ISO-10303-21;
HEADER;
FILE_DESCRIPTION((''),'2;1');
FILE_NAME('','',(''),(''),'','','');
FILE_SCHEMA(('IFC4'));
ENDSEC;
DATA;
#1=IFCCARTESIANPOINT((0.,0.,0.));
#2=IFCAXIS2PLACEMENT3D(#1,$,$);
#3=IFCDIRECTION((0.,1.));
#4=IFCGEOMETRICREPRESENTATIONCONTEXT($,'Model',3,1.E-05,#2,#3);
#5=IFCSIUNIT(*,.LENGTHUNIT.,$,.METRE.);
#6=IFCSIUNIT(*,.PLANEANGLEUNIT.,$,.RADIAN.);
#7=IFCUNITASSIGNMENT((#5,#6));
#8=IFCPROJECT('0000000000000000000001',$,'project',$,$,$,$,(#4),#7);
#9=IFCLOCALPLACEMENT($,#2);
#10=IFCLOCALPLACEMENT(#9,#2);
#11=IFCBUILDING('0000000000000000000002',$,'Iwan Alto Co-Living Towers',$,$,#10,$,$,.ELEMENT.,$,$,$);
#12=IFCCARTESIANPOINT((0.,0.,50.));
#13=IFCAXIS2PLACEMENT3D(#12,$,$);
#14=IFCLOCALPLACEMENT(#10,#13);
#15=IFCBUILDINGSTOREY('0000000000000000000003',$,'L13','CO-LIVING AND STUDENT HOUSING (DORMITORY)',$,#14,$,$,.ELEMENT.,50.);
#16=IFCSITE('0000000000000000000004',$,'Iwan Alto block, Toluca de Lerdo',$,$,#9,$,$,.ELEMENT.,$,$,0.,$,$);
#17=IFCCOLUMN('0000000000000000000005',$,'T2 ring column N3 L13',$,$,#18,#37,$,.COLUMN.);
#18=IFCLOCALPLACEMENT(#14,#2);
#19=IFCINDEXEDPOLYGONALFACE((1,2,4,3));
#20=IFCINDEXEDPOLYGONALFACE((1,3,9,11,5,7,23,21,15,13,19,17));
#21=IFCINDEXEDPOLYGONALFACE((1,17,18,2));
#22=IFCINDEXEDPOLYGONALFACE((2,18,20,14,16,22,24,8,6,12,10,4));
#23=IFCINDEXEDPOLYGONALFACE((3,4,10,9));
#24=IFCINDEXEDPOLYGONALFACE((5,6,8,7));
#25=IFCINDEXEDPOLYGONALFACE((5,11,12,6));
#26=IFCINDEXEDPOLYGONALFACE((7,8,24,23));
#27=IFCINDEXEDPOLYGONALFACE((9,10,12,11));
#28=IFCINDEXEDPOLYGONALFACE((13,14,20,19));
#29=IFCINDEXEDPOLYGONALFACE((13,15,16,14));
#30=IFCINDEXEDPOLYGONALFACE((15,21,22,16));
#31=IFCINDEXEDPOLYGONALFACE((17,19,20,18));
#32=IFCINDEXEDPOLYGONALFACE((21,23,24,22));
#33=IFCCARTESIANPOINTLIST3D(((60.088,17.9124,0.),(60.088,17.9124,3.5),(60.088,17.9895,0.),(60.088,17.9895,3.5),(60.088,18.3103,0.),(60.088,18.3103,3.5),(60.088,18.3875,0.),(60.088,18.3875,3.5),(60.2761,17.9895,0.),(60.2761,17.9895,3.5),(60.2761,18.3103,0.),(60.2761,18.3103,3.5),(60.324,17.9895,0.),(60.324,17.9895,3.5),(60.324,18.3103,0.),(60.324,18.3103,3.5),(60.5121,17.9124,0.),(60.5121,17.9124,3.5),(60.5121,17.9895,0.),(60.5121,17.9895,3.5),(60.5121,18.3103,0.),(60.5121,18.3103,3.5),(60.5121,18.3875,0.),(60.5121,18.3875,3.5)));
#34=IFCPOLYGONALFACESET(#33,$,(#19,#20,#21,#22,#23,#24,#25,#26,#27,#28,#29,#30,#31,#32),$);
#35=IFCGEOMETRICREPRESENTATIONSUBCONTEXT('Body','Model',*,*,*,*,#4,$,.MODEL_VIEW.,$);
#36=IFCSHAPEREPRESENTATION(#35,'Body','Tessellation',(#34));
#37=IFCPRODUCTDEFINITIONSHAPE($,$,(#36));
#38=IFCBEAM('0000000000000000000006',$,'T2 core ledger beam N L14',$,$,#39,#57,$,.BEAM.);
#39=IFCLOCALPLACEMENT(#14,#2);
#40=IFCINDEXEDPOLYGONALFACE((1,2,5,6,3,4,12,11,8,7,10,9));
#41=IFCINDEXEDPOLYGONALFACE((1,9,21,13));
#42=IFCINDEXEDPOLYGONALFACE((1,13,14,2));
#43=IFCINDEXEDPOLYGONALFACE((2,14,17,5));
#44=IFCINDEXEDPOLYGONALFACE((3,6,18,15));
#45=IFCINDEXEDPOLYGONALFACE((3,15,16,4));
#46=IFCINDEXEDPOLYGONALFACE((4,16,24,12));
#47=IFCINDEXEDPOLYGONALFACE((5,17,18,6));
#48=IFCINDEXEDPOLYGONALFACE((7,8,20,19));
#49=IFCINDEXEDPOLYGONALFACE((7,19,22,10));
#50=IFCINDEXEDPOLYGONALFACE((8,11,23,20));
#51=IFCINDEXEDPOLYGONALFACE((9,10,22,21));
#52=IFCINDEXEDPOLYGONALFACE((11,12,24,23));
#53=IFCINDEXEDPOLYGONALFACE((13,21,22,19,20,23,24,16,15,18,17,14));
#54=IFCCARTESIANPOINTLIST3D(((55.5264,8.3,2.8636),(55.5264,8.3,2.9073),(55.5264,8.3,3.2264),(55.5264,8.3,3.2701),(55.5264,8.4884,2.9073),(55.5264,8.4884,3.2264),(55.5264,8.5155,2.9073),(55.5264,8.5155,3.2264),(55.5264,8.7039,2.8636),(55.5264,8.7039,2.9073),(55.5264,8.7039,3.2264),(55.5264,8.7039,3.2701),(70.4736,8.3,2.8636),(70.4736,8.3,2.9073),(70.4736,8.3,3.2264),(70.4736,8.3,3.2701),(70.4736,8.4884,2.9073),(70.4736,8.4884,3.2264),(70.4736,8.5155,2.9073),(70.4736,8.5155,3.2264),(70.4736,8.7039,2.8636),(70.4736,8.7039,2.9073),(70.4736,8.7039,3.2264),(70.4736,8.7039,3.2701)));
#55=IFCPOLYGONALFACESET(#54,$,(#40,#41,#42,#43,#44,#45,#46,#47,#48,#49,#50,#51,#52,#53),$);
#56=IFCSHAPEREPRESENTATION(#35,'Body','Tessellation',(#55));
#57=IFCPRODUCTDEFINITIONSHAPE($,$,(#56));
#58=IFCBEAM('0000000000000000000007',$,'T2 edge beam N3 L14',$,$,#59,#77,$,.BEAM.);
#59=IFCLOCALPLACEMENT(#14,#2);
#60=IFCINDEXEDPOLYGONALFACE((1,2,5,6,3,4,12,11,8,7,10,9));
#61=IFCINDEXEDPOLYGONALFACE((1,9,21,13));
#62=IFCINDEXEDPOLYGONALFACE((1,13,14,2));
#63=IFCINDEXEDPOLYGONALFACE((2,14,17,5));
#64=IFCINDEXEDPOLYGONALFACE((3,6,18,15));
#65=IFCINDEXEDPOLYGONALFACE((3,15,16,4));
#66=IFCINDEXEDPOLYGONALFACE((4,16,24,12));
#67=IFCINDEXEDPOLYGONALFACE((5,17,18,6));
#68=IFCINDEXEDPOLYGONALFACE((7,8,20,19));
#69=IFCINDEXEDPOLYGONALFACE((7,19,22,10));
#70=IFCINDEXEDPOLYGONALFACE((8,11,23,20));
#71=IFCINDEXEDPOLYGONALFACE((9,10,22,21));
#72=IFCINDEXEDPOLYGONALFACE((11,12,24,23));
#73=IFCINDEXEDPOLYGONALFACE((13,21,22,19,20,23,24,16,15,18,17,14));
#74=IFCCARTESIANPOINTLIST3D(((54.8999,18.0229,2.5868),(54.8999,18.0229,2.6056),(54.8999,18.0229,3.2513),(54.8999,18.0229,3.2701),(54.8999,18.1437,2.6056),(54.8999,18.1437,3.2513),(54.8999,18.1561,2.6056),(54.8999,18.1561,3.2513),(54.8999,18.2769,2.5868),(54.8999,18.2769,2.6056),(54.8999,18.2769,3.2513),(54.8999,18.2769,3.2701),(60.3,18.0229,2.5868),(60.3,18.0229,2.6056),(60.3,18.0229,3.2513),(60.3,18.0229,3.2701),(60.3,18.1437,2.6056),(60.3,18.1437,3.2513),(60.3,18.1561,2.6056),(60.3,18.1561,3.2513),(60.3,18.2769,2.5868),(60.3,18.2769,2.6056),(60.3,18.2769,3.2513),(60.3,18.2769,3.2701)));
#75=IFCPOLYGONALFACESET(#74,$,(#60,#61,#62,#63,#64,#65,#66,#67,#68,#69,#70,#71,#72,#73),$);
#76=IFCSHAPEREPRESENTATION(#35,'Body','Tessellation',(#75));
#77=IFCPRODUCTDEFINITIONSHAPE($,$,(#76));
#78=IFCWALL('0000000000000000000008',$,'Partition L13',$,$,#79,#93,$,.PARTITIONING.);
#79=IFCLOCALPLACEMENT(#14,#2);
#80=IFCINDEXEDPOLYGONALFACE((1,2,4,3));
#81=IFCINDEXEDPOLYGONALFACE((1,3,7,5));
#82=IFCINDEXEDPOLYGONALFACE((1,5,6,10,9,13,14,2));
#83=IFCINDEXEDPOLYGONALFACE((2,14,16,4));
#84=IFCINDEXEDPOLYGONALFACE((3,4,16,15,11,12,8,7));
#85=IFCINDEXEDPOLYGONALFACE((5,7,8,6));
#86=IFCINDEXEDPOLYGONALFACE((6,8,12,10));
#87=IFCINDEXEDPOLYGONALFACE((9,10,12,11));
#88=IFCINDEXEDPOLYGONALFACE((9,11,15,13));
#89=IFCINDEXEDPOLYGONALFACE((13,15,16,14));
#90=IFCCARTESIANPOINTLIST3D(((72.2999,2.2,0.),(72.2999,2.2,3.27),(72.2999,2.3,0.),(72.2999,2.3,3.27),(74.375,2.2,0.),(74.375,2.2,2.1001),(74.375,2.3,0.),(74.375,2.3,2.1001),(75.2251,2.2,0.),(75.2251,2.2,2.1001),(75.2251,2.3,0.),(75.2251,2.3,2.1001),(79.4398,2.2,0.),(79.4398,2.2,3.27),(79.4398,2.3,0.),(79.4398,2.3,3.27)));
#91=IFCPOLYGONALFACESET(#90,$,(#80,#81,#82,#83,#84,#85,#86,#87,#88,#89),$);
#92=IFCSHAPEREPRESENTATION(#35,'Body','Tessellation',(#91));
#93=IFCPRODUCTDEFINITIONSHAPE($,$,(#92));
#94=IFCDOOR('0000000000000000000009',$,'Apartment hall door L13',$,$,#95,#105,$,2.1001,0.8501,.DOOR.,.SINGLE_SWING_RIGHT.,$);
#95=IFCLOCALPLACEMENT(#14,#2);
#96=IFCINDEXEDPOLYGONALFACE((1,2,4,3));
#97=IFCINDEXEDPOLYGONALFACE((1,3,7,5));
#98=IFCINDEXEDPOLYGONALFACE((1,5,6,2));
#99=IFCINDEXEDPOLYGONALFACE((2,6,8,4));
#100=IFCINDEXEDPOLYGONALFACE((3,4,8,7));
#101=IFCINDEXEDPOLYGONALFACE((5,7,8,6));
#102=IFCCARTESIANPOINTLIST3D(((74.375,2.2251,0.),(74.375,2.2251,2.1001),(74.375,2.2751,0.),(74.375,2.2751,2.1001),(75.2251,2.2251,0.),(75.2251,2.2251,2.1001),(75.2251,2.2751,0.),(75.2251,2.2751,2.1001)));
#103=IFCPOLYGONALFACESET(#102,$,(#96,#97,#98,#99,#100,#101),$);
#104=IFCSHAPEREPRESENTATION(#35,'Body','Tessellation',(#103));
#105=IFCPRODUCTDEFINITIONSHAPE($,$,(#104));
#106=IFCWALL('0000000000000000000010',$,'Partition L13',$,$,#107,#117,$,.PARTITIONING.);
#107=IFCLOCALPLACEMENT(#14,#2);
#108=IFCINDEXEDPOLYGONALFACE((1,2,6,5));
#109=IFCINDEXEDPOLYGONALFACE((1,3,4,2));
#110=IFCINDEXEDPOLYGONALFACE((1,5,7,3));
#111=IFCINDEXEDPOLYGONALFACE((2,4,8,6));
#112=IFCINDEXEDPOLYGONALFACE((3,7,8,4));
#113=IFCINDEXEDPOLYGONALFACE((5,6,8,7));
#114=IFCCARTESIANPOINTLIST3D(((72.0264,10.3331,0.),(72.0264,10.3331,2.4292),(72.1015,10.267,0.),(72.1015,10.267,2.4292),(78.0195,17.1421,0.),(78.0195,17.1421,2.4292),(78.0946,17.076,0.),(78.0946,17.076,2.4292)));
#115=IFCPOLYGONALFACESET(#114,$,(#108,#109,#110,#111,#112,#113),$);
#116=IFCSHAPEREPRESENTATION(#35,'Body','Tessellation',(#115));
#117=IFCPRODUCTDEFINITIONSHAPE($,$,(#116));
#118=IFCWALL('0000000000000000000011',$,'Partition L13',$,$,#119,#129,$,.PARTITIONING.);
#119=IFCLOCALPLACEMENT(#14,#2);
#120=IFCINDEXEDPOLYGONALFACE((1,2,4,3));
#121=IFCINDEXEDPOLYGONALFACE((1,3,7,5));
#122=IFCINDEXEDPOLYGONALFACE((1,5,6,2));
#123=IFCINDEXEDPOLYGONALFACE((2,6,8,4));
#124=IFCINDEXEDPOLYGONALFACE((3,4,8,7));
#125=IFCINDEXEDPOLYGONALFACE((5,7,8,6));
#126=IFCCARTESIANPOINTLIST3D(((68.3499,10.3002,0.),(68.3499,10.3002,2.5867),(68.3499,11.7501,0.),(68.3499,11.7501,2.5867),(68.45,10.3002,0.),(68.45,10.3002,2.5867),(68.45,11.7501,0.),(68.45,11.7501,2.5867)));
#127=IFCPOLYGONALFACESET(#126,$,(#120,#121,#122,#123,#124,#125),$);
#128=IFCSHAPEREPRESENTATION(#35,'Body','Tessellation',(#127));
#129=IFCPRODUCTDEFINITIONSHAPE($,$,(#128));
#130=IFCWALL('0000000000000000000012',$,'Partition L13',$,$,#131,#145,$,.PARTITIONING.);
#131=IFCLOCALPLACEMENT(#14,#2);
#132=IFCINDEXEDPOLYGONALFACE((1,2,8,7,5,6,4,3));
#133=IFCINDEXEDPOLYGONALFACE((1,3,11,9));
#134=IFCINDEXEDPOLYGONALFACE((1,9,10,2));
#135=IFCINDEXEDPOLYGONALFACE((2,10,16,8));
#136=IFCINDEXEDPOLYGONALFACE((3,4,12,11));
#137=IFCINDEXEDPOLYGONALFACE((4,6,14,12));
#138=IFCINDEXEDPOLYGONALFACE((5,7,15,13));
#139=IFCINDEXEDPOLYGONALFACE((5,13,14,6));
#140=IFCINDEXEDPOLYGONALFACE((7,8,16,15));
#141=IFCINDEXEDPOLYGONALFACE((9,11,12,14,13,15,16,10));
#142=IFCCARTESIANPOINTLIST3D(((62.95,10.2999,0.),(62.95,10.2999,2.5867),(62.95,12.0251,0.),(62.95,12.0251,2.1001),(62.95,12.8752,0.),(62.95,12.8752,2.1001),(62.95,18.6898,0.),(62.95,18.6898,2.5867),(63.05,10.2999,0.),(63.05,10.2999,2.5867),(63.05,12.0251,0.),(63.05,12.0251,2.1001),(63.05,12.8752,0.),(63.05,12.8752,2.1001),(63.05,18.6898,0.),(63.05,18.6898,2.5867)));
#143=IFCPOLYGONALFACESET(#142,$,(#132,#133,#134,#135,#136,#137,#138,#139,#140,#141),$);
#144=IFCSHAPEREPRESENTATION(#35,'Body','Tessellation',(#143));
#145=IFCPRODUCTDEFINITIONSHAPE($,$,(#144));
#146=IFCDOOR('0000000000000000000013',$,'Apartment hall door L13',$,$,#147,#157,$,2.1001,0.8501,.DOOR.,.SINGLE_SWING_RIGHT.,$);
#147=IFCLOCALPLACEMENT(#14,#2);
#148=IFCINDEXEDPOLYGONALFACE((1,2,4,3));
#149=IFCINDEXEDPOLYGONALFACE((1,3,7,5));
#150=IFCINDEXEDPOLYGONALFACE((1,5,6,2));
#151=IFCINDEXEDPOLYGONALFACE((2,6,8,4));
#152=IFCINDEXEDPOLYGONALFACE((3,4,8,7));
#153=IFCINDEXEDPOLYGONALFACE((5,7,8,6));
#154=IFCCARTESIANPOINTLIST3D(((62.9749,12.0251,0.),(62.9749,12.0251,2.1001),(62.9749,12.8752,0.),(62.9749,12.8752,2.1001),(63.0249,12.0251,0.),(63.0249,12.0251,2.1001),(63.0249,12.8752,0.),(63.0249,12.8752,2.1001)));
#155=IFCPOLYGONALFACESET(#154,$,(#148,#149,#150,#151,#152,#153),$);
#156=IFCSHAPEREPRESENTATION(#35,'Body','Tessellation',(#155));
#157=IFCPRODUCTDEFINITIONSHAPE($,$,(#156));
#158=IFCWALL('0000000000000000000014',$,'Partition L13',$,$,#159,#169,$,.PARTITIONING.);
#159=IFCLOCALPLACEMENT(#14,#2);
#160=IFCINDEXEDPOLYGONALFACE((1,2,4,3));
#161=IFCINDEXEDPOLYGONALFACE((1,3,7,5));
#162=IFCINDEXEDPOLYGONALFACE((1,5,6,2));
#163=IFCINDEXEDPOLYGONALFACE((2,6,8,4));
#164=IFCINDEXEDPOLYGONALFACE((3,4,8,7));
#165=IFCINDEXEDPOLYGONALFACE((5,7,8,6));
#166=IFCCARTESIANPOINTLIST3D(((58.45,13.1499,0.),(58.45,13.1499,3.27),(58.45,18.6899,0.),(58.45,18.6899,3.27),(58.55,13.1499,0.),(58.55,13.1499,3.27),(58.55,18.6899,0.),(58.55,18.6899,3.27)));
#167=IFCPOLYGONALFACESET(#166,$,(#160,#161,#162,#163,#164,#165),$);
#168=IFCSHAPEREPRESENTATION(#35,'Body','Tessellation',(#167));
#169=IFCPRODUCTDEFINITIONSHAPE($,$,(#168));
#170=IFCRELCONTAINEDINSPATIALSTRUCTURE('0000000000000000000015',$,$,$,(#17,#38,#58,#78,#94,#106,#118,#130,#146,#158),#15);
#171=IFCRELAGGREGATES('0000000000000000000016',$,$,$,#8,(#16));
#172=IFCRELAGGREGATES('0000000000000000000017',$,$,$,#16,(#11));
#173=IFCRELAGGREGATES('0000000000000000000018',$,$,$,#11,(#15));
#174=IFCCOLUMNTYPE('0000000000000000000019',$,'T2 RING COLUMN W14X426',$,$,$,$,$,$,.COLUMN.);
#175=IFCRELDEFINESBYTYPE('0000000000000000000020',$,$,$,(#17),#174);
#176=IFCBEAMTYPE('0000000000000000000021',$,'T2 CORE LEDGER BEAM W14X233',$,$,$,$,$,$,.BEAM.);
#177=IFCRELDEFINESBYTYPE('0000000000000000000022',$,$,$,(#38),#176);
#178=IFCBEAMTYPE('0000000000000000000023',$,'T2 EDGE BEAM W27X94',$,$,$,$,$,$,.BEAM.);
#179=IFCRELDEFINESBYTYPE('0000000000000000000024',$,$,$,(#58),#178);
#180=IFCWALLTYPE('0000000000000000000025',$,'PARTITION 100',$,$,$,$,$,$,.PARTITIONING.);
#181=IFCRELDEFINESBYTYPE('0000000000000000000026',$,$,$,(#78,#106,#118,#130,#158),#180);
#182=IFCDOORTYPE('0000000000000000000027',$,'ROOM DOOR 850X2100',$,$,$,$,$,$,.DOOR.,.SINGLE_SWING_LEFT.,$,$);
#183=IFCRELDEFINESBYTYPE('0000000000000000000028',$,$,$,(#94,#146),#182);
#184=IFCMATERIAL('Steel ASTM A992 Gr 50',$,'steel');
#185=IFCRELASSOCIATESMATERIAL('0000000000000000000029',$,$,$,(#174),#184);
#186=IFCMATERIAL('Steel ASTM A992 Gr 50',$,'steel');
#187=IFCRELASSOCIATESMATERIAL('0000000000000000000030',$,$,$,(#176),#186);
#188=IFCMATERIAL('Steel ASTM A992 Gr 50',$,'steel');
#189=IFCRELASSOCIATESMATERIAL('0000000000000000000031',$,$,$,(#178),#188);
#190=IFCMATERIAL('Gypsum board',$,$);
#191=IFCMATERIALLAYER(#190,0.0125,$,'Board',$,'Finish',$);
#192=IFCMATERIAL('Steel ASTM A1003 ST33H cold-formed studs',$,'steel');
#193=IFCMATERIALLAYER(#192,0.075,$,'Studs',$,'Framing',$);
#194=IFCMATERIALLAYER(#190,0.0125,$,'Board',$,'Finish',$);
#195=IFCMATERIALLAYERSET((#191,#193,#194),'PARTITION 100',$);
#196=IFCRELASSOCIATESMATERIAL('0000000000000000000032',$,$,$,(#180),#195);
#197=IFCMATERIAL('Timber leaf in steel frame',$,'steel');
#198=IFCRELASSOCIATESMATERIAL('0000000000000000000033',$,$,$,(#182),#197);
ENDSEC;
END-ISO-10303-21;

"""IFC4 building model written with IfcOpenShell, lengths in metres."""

from ifc_helpers import new_model, si_unit, direction, frame, frame_2d, origin, origin_2d, place, context, subcontext, project, spatial, rectangle, i_section, extrude, material, layer, layer_set, material_profile, profile_set, type_object, element, fill, save


model = new_model("IFC4")

# Units and contexts
model_context = context("Model", 3, precision=1e-05, world=origin(), true_north=direction((0.0, 1.0)))
body_context = subcontext(model_context, "Body", "Model", "MODEL_VIEW")
ifc_project = project(units=[si_unit("LENGTHUNIT", "METRE"), si_unit("PLANEANGLEUNIT", "RADIAN")], contexts=[model_context])

# Site, building, storey
site_placement = place(None, origin())
site = spatial("IfcSite", under=ifc_project, at=site_placement, Name="Iwan Alto block, Toluca de Lerdo", CompositionType="ELEMENT", RefElevation=0.0)
building_placement = place(site_placement, origin())
building = spatial("IfcBuilding", under=site, at=building_placement, Name="Iwan Alto Co-Living Towers", CompositionType="ELEMENT")
storey_placement = place(building_placement, frame((0.0, 0.0, 50.0)))
storey = spatial("IfcBuildingStorey", under=building, at=storey_placement, Name="L13", Description="CO-LIVING AND STUDENT HOUSING (DORMITORY)", CompositionType="ELEMENT", Elevation=50.0)

# Column
ifc_material_1 = material(Name="Steel ASTM A992 Gr 50", Category="steel")
ifc_material_profile_1 = material_profile(ifc_material_1, i_section(OverallWidth=0.4241, OverallDepth=0.4751, WebThickness=0.0479, FlangeThickness=0.0771, at=origin_2d()), Name="W14X426")
ifc_profile_set_1 = profile_set([ifc_material_profile_1], Name="Steel ASTM A992 Gr 50")
column_type = type_object("IfcColumnType", Name="T2 RING COLUMN W14X426", PredefinedType="COLUMN", material=ifc_profile_set_1)
column_placement = place(storey_placement, frame((60.3, 18.1499, 0.0), z_axis=(0.0, 0.0, 1.0), x_axis=(1.0, 0.0, 0.0)))
element("IfcColumn", 1, at=column_placement, inside=storey, type_object=column_type, Name="T2 ring column N3 L13", PredefinedType="COLUMN", context=body_context, shape_type="SweptSolid", body=[
    extrude(i_section(OverallWidth=0.4241, OverallDepth=0.4751, WebThickness=0.0479, FlangeThickness=0.0771, at=origin_2d()), origin(), (0.0, 0.0, 1.0), 3.5),
])

# Beams
ifc_material_2 = material(Name="Steel ASTM A992 Gr 50", Category="steel")
ifc_material_profile_2 = material_profile(ifc_material_2, i_section(OverallWidth=0.4038, OverallDepth=0.4065, WebThickness=0.0271, FlangeThickness=0.0437, at=origin_2d()), Name="W14X233")
ifc_profile_set_2 = profile_set([ifc_material_profile_2], Name="Steel ASTM A992 Gr 50")
beam_type_1 = type_object("IfcBeamType", Name="T2 CORE LEDGER BEAM W14X233", PredefinedType="BEAM", material=ifc_profile_set_2)
beam_1_placement = place(storey_placement, frame((70.4736, 8.502, 3.0669), z_axis=(-1.0, 0.0, 0.0), x_axis=(0.0, -1.0, 0.0)))
element("IfcBeam", 2, at=beam_1_placement, inside=storey, type_object=beam_type_1, Name="T2 core ledger beam N L14", PredefinedType="BEAM", context=body_context, shape_type="SweptSolid", body=[
    extrude(i_section(OverallWidth=0.4038, OverallDepth=0.4065, WebThickness=0.0271, FlangeThickness=0.0437, at=origin_2d()), origin(), (0.0, 0.0, 1.0), 14.9473),
])
ifc_material_3 = material(Name="Steel ASTM A992 Gr 50", Category="steel")
ifc_material_profile_3 = material_profile(ifc_material_3, i_section(OverallWidth=0.2539, OverallDepth=0.6833, WebThickness=0.0125, FlangeThickness=0.0188, at=origin_2d()), Name="W27X94")
ifc_profile_set_3 = profile_set([ifc_material_profile_3], Name="Steel ASTM A992 Gr 50")
beam_type_2 = type_object("IfcBeamType", Name="T2 EDGE BEAM W27X94", PredefinedType="BEAM", material=ifc_profile_set_3)
beam_2_placement = place(storey_placement, frame((60.3, 18.1499, 2.9285), z_axis=(-1.0, 0.0, 0.0), x_axis=(0.0, -1.0, 0.0)))
element("IfcBeam", 3, at=beam_2_placement, inside=storey, type_object=beam_type_2, Name="T2 edge beam N3 L14", PredefinedType="BEAM", context=body_context, shape_type="SweptSolid", body=[
    extrude(i_section(OverallWidth=0.2539, OverallDepth=0.6833, WebThickness=0.0125, FlangeThickness=0.0188, at=origin_2d()), origin(), (0.0, 0.0, 1.0), 5.4001),
])

# Wall, opening, door
ifc_material_4 = material(Name="Gypsum board")
ifc_layer_1 = layer(ifc_material_4, 0.0125, Name="Board", Category="Finish")
ifc_material_5 = material(Name="Steel ASTM A1003 ST33H cold-formed studs", Category="steel")
ifc_layer_2 = layer(ifc_material_5, 0.075, Name="Studs", Category="Framing")
ifc_layer_3 = layer(ifc_material_4, 0.0125, Name="Board", Category="Finish")
ifc_layer_set_1 = layer_set([ifc_layer_1, ifc_layer_2, ifc_layer_3], Name="PARTITION 100")
wall_type_1 = type_object("IfcWallType", Name="PARTITION 100", PredefinedType="PARTITIONING", material=ifc_layer_set_1)
wall_1_placement = place(storey_placement, frame((72.3, 2.25, 0.0), z_axis=(0.0, 0.0, 1.0), x_axis=(1.0, 0.0, 0.0)))
wall_1 = element("IfcWall", 4, at=wall_1_placement, inside=storey, type_object=wall_type_1, Name="Partition L13", PredefinedType="PARTITIONING", context=body_context, shape_type="SweptSolid", body=[
    extrude(rectangle(XDim=7.1399, YDim=0.1001, at=frame_2d((3.5698, 0.0))), origin(), (0.0, 0.0, 1.0), 3.27),
])
opening_1_placement = place(wall_1_placement, frame((2.075, 0.0, 0.0)))
opening_1 = element("IfcOpeningElement", 5, at=opening_1_placement, cuts=wall_1, PredefinedType="OPENING", context=body_context, shape_type="SweptSolid", body=[
    extrude(rectangle(XDim=0.8501, YDim=2.1001, at=frame_2d((0.425, 1.05))), frame((0.0, 0.0601, 0.0), z_axis=(0.0, -1.0, 0.0), x_axis=(1.0, 0.0, 0.0)), (0.0, 0.0, 1.0), 0.1201),
])
ifc_material_6 = material(Name="Timber leaf in steel frame", Category="steel")
door_type_1 = type_object("IfcDoorType", Name="ROOM DOOR 850X2100", OperationType="SINGLE_SWING_LEFT", PredefinedType="DOOR", material=ifc_material_6)
door_1_placement = place(opening_1_placement, frame((0.8501, 0.0, 0.0), z_axis=(0.0, 0.0, 1.0), x_axis=(-1.0, 0.0, 0.0)))
door_1 = element("IfcDoor", 6, at=door_1_placement, inside=storey, type_object=door_type_1, Name="Apartment hall door L13", OperationType="SINGLE_SWING_RIGHT", OverallHeight=2.1001, OverallWidth=0.8501, PredefinedType="DOOR", context=body_context, shape_type="SweptSolid", body=[
    extrude(rectangle(XDim=0.8501, YDim=2.1001, at=frame_2d((0.425, 1.05))), frame((0.0, 0.0249, 0.0), z_axis=(0.0, -1.0, 0.0), x_axis=(1.0, 0.0, 0.0)), (0.0, 0.0, 1.0), 0.05),
])
fill(opening_1, door_1)

# Walls
wall_2_placement = place(storey_placement, frame((72.064, 10.3, 0.0), z_axis=(0.0, 0.0, 1.0), x_axis=(0.660701, 0.750649, 0.0)))
element("IfcWall", 7, at=wall_2_placement, inside=storey, type_object=wall_type_1, Name="Partition L13", PredefinedType="PARTITIONING", context=body_context, shape_type="SweptSolid", body=[
    extrude(rectangle(XDim=9.0708, YDim=0.1001, at=frame_2d((4.5354, 0.0))), origin(), (0.0, 0.0, 1.0), 2.4292),
])
wall_3_placement = place(storey_placement, frame((68.3999, 10.3, 0.0), z_axis=(0.0, 0.0, 1.0), x_axis=(0.0, 1.0, 0.0)))
element("IfcWall", 8, at=wall_3_placement, inside=storey, type_object=wall_type_1, Name="Partition L13", PredefinedType="PARTITIONING", context=body_context, shape_type="SweptSolid", body=[
    extrude(rectangle(XDim=1.45, YDim=0.1001, at=frame_2d((0.7251, 0.0))), origin(), (0.0, 0.0, 1.0), 2.5867),
])

# Wall, opening, door
wall_4_placement = place(storey_placement, frame((63.0, 10.3, 0.0), z_axis=(0.0, 0.0, 1.0), x_axis=(0.0, 1.0, 0.0)))
wall_4 = element("IfcWall", 9, at=wall_4_placement, inside=storey, type_object=wall_type_1, Name="Partition L13", PredefinedType="PARTITIONING", context=body_context, shape_type="SweptSolid", body=[
    extrude(rectangle(XDim=8.3899, YDim=0.1001, at=frame_2d((4.1948, 0.0))), origin(), (0.0, 0.0, 1.0), 2.5867),
])
opening_2_placement = place(wall_4_placement, frame((1.7251, 0.0, 0.0)))
opening_2 = element("IfcOpeningElement", 10, at=opening_2_placement, cuts=wall_4, PredefinedType="OPENING", context=body_context, shape_type="SweptSolid", body=[
    extrude(rectangle(XDim=0.8501, YDim=2.1001, at=frame_2d((0.425, 1.05))), frame((0.0, 0.0601, 0.0), z_axis=(0.0, -1.0, 0.0), x_axis=(1.0, 0.0, 0.0)), (0.0, 0.0, 1.0), 0.1201),
])
door_2_placement = place(opening_2_placement, frame((0.8501, 0.0, 0.0), z_axis=(0.0, 0.0, 1.0), x_axis=(-1.0, 0.0, 0.0)))
door_2 = element("IfcDoor", 11, at=door_2_placement, inside=storey, type_object=door_type_1, Name="Apartment hall door L13", OperationType="SINGLE_SWING_RIGHT", OverallHeight=2.1001, OverallWidth=0.8501, PredefinedType="DOOR", context=body_context, shape_type="SweptSolid", body=[
    extrude(rectangle(XDim=0.8501, YDim=2.1001, at=frame_2d((0.425, 1.05))), frame((0.0, 0.0249, 0.0), z_axis=(0.0, -1.0, 0.0), x_axis=(1.0, 0.0, 0.0)), (0.0, 0.0, 1.0), 0.05),
])
fill(opening_2, door_2)

# Wall
wall_5_placement = place(storey_placement, frame((58.5, 13.1499, 0.0), z_axis=(0.0, 0.0, 1.0), x_axis=(0.0, 1.0, 0.0)))
element("IfcWall", 12, at=wall_5_placement, inside=storey, type_object=wall_type_1, Name="Partition L13", PredefinedType="PARTITIONING", context=body_context, shape_type="SweptSolid", body=[
    extrude(rectangle(XDim=5.54, YDim=0.1001, at=frame_2d((2.77, 0.0))), origin(), (0.0, 0.0, 1.0), 3.27),
])

save(model, "model.ifc")
